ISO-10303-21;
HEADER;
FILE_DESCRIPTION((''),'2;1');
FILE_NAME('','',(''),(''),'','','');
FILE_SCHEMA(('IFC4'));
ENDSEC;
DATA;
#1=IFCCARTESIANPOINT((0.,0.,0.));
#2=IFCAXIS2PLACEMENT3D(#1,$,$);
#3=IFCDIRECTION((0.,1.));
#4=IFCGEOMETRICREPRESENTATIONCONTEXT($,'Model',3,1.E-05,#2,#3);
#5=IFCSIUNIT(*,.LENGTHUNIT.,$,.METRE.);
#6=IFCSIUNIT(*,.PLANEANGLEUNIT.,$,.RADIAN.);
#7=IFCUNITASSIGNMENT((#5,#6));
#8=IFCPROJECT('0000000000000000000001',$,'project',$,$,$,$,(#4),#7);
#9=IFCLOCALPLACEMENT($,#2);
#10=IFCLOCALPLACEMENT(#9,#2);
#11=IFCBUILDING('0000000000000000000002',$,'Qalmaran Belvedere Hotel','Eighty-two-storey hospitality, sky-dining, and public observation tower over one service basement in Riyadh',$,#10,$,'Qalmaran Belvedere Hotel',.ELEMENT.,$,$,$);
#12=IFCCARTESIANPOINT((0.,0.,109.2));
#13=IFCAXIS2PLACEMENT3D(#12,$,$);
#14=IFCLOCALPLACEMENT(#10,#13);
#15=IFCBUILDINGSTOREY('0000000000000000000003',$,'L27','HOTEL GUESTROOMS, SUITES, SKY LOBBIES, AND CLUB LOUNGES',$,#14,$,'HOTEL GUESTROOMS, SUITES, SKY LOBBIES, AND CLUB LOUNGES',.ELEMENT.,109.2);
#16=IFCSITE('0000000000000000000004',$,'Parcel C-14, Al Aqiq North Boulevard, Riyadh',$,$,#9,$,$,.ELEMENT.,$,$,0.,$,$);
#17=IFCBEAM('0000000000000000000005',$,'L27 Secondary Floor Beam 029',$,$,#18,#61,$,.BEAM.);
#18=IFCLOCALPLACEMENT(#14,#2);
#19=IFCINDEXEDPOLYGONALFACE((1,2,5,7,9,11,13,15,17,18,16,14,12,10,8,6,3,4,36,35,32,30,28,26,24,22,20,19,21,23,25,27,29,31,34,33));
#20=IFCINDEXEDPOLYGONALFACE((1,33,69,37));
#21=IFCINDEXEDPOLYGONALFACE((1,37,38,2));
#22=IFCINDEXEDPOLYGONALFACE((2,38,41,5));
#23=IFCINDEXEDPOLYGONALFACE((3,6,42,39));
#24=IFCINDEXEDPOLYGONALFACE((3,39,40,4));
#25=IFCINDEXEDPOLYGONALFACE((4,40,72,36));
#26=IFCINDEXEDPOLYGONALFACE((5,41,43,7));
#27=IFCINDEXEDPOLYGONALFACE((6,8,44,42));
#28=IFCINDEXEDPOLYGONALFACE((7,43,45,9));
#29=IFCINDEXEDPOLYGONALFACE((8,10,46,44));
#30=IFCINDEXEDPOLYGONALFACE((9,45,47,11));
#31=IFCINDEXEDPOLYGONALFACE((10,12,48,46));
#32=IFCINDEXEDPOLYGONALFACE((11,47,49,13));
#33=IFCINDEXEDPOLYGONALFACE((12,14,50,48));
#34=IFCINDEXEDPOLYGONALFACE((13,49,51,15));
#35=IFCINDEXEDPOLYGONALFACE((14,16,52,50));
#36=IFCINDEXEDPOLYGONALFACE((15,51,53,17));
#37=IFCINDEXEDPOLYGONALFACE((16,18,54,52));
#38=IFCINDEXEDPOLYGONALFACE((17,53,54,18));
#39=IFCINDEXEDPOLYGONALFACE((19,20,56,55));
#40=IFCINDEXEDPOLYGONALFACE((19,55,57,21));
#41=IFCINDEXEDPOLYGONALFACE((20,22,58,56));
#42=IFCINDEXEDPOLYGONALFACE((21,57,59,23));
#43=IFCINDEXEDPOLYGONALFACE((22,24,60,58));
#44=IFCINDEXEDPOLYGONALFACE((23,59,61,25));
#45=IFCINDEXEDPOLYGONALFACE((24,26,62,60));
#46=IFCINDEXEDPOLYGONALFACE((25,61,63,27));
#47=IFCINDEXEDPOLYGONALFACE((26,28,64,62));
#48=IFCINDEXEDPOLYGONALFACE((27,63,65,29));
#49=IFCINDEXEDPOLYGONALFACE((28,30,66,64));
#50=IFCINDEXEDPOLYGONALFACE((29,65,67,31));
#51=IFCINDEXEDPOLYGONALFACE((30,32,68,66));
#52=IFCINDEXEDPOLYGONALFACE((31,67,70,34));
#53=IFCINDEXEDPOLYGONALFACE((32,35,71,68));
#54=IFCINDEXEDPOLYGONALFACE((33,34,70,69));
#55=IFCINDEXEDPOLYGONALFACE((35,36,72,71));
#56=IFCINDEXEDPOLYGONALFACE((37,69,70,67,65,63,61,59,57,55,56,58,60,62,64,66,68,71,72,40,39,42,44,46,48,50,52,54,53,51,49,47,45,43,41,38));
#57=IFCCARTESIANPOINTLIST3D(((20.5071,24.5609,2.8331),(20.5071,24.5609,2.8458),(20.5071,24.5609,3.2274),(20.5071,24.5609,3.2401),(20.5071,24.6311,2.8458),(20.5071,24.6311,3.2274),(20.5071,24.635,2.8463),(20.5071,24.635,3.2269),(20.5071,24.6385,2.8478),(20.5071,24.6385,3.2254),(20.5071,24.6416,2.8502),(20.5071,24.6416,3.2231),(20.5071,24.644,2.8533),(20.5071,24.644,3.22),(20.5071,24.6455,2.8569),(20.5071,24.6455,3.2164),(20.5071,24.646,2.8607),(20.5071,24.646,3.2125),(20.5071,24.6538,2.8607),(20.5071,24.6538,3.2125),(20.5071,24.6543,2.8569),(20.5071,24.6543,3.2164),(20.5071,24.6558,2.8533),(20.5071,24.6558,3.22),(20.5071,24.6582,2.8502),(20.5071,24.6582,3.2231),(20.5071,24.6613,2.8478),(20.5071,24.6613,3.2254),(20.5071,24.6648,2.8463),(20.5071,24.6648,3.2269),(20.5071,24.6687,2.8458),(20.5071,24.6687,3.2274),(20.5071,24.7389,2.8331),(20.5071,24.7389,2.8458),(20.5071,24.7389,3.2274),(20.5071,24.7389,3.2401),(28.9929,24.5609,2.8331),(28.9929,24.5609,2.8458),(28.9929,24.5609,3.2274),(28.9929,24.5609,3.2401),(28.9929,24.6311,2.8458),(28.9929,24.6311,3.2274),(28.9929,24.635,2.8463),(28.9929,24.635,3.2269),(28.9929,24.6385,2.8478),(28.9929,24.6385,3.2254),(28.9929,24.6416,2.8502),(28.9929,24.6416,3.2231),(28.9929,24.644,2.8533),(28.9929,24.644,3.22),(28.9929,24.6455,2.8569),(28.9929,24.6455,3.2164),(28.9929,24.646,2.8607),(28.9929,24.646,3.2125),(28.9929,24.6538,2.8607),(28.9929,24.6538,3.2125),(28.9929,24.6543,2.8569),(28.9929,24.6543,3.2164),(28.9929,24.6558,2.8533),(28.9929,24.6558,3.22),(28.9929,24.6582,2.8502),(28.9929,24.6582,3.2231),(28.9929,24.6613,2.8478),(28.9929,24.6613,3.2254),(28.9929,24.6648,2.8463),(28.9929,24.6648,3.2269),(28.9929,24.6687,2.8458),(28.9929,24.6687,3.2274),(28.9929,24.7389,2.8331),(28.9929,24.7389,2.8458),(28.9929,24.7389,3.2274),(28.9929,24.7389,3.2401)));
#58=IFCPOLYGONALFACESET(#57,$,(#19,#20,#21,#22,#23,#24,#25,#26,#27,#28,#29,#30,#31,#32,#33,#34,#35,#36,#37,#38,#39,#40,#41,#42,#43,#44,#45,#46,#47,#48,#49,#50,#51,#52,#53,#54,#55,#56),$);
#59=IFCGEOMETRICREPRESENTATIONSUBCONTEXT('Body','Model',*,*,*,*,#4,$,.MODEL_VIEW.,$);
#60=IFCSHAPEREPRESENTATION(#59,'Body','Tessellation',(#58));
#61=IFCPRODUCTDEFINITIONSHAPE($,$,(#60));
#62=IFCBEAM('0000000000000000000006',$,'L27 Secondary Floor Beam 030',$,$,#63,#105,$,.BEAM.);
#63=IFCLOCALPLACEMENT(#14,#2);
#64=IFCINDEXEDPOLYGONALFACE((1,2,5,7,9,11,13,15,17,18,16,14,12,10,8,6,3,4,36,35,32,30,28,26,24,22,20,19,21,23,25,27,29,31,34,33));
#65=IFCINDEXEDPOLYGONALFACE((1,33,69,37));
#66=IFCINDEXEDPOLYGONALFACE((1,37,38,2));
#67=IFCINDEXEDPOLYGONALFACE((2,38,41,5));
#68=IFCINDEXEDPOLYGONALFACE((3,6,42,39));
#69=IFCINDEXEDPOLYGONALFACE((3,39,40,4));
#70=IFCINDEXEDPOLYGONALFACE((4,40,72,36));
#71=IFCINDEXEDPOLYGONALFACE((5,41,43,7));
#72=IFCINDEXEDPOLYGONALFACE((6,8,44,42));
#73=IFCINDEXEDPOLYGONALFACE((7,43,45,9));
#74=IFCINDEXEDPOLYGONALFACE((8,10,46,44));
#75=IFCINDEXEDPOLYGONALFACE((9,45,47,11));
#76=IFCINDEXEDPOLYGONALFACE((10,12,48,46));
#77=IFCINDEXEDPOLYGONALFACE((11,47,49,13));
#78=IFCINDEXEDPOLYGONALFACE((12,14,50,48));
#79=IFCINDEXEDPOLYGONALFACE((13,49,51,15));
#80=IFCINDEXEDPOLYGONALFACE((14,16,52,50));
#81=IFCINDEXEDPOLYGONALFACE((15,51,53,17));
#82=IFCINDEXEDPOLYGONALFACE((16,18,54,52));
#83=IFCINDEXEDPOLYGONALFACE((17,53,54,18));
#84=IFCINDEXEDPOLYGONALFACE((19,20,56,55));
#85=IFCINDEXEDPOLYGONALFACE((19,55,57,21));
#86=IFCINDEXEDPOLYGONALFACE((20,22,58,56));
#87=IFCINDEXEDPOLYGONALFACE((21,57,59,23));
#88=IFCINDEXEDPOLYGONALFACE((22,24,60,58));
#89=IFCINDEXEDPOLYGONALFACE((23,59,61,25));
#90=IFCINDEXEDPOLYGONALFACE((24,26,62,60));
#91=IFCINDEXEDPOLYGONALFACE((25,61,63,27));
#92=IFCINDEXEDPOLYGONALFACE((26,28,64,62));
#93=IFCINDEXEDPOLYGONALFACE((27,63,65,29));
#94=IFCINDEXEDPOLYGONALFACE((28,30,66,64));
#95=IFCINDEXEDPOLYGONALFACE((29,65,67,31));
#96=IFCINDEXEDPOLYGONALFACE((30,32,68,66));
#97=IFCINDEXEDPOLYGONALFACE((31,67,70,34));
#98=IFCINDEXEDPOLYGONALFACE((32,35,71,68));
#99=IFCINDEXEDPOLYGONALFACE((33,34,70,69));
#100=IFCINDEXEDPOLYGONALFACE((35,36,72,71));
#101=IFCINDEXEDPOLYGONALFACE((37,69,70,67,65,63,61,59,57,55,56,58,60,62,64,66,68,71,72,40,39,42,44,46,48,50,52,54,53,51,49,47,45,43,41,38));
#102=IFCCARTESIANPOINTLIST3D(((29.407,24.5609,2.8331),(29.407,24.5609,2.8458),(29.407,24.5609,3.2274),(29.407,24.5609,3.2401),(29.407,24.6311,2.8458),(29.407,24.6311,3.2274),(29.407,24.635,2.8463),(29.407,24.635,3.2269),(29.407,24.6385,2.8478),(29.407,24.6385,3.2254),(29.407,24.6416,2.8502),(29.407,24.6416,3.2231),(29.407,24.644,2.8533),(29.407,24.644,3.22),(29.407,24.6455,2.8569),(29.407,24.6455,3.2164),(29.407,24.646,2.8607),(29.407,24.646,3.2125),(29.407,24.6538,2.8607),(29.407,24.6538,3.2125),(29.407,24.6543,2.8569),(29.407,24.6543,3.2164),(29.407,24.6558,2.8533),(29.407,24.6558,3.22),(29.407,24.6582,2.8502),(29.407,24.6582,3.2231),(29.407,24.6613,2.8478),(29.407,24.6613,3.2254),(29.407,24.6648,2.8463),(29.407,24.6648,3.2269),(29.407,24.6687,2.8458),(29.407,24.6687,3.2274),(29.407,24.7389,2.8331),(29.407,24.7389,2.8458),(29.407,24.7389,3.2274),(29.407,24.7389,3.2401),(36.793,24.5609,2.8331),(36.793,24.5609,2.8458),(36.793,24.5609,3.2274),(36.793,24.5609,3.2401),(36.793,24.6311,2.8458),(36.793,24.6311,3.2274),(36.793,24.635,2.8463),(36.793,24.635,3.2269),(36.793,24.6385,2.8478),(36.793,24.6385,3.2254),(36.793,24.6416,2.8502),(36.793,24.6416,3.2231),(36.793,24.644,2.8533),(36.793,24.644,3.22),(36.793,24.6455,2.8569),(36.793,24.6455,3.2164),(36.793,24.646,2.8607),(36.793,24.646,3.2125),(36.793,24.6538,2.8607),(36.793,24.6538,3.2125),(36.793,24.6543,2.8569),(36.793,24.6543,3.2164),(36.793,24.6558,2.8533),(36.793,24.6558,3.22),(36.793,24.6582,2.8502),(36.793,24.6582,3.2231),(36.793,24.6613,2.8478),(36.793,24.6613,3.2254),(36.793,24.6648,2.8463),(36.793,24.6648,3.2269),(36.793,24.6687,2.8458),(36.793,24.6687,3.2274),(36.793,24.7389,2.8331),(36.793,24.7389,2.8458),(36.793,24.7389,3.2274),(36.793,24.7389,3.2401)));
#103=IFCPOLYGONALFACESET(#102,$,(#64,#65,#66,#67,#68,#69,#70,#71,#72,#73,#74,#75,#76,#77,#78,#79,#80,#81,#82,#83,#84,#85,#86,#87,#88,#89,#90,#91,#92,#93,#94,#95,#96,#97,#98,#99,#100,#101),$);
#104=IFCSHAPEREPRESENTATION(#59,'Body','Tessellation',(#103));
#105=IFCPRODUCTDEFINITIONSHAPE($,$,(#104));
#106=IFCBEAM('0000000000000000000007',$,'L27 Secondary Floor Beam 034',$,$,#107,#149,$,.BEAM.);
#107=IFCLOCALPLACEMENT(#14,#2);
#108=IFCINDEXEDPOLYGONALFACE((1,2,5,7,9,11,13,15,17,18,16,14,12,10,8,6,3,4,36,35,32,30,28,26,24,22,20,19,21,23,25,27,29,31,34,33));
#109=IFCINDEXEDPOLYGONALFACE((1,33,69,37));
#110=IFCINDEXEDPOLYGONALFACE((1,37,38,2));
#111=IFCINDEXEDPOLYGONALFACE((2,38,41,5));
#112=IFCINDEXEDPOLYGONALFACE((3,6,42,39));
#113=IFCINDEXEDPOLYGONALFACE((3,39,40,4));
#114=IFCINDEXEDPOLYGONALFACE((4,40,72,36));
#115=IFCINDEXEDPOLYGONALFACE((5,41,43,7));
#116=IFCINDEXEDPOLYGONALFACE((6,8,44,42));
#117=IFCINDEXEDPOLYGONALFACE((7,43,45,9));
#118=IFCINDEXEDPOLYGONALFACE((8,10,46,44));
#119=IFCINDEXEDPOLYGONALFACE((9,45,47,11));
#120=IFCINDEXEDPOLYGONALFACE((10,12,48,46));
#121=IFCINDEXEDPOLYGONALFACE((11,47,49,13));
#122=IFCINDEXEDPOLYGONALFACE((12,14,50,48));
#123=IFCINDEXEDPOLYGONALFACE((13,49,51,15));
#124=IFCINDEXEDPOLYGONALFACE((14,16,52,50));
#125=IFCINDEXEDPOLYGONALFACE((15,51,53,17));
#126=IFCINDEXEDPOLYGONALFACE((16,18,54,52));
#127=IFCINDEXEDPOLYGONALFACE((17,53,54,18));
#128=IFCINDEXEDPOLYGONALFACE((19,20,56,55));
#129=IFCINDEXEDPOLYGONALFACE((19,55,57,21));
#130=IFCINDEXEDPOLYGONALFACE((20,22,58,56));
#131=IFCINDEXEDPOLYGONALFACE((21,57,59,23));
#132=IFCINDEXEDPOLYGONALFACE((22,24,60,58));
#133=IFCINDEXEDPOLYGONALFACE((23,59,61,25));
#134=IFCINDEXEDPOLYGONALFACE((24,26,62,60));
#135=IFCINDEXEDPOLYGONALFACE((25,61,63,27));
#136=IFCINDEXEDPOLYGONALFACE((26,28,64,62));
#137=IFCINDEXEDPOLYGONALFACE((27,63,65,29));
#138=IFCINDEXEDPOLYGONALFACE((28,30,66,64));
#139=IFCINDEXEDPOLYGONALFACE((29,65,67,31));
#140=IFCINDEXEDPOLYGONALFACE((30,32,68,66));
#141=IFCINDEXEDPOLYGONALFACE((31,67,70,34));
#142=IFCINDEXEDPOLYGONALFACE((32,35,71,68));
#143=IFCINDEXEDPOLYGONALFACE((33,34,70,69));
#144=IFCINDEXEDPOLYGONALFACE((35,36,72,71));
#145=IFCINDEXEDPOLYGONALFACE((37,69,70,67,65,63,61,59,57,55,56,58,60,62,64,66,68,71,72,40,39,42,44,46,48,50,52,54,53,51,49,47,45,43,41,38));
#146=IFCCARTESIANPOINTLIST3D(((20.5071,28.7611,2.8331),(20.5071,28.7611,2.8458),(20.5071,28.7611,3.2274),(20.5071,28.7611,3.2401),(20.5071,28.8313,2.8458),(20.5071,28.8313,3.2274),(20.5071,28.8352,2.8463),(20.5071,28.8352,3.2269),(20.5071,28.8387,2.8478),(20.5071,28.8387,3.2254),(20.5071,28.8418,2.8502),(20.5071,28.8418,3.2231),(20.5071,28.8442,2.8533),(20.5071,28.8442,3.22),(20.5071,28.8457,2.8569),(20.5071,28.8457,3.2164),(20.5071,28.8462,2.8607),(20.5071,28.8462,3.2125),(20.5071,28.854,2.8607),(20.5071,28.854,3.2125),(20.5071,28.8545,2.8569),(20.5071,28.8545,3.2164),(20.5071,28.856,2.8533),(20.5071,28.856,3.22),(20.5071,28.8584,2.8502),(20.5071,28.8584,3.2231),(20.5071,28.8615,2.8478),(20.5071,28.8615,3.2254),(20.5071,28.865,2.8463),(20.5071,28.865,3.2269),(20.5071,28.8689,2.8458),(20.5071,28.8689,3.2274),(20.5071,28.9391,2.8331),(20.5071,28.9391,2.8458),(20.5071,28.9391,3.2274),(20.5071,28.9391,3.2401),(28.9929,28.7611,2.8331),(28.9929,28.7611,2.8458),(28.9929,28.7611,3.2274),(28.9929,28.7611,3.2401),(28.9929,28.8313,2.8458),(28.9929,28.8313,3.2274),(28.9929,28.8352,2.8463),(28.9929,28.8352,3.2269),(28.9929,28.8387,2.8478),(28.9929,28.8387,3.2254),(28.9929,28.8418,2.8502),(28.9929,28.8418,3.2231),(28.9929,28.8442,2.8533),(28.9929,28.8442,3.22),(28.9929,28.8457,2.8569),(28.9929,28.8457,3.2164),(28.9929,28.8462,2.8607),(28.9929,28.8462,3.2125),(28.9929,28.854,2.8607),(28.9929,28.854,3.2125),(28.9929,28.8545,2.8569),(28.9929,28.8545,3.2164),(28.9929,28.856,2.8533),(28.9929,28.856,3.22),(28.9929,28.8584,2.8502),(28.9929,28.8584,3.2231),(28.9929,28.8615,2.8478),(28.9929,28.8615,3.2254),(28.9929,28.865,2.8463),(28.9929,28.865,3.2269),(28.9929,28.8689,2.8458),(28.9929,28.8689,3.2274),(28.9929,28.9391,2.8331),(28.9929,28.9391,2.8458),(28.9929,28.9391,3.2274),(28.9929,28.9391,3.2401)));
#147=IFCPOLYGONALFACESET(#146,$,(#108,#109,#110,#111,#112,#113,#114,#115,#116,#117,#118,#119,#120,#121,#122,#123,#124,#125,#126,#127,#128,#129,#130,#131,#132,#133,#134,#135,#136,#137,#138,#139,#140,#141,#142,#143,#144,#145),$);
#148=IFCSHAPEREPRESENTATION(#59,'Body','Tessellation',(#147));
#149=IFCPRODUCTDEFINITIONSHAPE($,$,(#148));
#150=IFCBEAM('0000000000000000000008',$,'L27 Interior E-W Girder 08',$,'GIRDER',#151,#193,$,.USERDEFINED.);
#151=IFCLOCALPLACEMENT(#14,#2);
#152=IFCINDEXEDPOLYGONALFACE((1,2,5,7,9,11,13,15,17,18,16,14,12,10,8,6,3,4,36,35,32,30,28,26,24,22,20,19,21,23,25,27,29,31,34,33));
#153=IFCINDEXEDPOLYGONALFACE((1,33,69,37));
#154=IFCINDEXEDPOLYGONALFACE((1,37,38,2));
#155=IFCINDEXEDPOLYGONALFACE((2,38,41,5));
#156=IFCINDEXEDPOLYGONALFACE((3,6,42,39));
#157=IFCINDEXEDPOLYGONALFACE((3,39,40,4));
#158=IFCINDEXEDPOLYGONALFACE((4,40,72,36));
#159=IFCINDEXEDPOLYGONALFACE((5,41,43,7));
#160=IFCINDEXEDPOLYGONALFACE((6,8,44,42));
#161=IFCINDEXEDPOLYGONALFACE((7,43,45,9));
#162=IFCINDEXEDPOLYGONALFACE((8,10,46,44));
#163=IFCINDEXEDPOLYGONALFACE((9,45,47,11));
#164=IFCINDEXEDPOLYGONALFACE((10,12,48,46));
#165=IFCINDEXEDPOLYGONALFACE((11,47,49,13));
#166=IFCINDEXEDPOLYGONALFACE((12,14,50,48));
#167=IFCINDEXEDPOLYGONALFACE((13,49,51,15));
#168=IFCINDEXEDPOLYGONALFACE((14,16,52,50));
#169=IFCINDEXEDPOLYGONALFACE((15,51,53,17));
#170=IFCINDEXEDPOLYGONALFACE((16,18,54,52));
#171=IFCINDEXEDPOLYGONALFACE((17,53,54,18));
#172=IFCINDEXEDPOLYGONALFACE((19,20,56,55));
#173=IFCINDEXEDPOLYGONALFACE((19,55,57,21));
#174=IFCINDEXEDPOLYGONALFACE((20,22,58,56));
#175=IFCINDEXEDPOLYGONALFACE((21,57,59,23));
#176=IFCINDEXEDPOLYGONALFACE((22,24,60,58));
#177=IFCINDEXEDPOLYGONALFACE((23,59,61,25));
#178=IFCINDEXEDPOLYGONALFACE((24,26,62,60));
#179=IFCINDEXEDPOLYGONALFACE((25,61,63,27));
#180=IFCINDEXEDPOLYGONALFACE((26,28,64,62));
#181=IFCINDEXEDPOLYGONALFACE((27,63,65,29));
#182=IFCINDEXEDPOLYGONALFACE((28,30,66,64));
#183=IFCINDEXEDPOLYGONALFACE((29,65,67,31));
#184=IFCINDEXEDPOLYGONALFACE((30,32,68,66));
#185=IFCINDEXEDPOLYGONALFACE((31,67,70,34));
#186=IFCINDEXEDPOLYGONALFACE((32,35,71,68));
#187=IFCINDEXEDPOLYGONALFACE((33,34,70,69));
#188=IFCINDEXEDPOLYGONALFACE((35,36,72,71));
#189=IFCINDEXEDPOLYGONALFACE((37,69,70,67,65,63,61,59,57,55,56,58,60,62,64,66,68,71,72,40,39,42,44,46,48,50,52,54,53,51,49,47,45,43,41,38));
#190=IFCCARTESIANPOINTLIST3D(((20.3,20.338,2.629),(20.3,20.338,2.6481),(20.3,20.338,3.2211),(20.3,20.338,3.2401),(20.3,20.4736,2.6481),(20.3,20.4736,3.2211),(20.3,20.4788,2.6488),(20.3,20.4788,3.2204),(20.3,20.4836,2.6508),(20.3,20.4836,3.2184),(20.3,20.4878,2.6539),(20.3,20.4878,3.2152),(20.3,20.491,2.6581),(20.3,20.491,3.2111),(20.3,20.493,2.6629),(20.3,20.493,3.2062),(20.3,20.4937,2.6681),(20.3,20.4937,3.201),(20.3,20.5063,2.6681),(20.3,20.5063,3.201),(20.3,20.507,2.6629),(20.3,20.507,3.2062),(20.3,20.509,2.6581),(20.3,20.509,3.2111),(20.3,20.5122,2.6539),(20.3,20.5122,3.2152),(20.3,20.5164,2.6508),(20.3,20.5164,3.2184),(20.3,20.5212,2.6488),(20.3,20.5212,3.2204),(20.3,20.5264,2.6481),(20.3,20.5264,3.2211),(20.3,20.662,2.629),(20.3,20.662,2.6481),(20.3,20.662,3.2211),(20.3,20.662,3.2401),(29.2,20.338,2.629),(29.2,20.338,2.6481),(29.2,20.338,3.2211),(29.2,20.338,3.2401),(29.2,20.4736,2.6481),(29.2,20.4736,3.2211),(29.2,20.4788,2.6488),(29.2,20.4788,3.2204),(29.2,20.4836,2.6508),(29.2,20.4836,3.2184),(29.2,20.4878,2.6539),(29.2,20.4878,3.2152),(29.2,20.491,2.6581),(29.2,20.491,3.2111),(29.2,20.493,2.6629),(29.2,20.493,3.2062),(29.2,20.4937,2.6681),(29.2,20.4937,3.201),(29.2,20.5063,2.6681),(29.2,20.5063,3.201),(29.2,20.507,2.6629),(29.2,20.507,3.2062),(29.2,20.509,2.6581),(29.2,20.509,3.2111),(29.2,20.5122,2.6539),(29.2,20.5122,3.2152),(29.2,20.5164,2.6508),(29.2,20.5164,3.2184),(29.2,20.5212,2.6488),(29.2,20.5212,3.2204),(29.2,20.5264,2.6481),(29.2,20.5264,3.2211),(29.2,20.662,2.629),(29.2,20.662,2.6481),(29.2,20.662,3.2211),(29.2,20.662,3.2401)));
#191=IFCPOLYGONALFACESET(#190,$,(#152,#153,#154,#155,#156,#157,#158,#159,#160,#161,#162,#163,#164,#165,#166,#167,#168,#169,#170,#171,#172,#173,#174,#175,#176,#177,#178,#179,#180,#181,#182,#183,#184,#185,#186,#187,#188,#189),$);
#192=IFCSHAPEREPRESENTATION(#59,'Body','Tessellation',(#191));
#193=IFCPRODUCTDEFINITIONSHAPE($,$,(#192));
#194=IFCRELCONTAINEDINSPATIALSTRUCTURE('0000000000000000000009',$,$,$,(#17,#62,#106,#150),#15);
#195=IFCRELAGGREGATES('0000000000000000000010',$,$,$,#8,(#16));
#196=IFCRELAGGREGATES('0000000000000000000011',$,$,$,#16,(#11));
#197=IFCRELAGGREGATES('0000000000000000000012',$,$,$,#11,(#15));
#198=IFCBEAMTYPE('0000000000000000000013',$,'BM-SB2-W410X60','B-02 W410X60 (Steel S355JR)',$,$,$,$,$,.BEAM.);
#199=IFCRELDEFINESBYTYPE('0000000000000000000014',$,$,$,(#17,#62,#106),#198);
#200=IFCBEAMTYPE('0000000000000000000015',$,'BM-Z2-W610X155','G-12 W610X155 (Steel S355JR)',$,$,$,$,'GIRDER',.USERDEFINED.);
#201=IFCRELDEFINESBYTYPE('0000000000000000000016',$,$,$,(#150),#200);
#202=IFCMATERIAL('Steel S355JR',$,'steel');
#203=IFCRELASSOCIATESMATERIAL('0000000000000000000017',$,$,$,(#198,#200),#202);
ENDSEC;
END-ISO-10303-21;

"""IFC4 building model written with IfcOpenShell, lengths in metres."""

from ifc_helpers import new_model, si_unit, direction, frame, origin, origin_2d, place, context, subcontext, project, spatial, i_section, extrude, material, material_profile, profile_set, type_object, element, save


model = new_model("IFC4")

# Units and contexts
model_context = context("Model", 3, precision=1e-05, world=origin(), true_north=direction((0.0, 1.0)))
body_context = subcontext(model_context, "Body", "Model", "MODEL_VIEW")
ifc_project = project(units=[si_unit("LENGTHUNIT", "METRE"), si_unit("PLANEANGLEUNIT", "RADIAN")], contexts=[model_context])

# Site, building, storey
site_placement = place(None, origin())
site = spatial("IfcSite", under=ifc_project, at=site_placement, Name="Parcel C-14, Al Aqiq North Boulevard, Riyadh", CompositionType="ELEMENT", RefElevation=0.0)
building_placement = place(site_placement, origin())
building = spatial("IfcBuilding", under=site, at=building_placement, Name="Qalmaran Belvedere Hotel", Description="Eighty-two-storey hospitality, sky-dining, and public observation tower over one service basement in Riyadh", LongName="Qalmaran Belvedere Hotel", CompositionType="ELEMENT")
storey_placement = place(building_placement, frame((0.0, 0.0, 109.2)))
storey = spatial("IfcBuildingStorey", under=building, at=storey_placement, Name="L27", Description="HOTEL GUESTROOMS, SUITES, SKY LOBBIES, AND CLUB LOUNGES", LongName="HOTEL GUESTROOMS, SUITES, SKY LOBBIES, AND CLUB LOUNGES", CompositionType="ELEMENT", Elevation=109.2)

# Beams
ifc_material_1 = material(Name="Steel S355JR", Category="steel")
ifc_material_profile_1 = material_profile(ifc_material_1, i_section(OverallWidth=0.178, OverallDepth=0.407, WebThickness=0.0078, FlangeThickness=0.0127, FilletRadius=0.0149, at=origin_2d()), Name="W410X60")
ifc_profile_set_1 = profile_set([ifc_material_profile_1], Name="Steel S355JR")
beam_type_1 = type_object("IfcBeamType", Name="BM-SB2-W410X60", Description="B-02 W410X60 (Steel S355JR)", PredefinedType="BEAM", material=ifc_profile_set_1)
beam_1_placement = place(storey_placement, frame((20.5071, 24.6499, 3.0366), z_axis=(1.0, 0.0, 0.0), x_axis=(0.0, 1.0, 0.0)))
element("IfcBeam", 1, at=beam_1_placement, inside=storey, type_object=beam_type_1, Name="L27 Secondary Floor Beam 029", PredefinedType="BEAM", context=body_context, shape_type="SweptSolid", body=[
    extrude(i_section(OverallWidth=0.178, OverallDepth=0.407, WebThickness=0.0078, FlangeThickness=0.0127, FilletRadius=0.0149, at=origin_2d()), origin(), (0.0, 0.0, 1.0), 8.4858),
])
beam_2_placement = place(storey_placement, frame((29.407, 24.6499, 3.0366), z_axis=(1.0, 0.0, 0.0), x_axis=(0.0, 1.0, 0.0)))
element("IfcBeam", 2, at=beam_2_placement, inside=storey, type_object=beam_type_1, Name="L27 Secondary Floor Beam 030", PredefinedType="BEAM", context=body_context, shape_type="SweptSolid", body=[
    extrude(i_section(OverallWidth=0.178, OverallDepth=0.407, WebThickness=0.0078, FlangeThickness=0.0127, FilletRadius=0.0149, at=origin_2d()), origin(), (0.0, 0.0, 1.0), 7.386),
])
beam_3_placement = place(storey_placement, frame((20.5071, 28.8501, 3.0366), z_axis=(1.0, 0.0, 0.0), x_axis=(0.0, 1.0, 0.0)))
element("IfcBeam", 3, at=beam_3_placement, inside=storey, type_object=beam_type_1, Name="L27 Secondary Floor Beam 034", PredefinedType="BEAM", context=body_context, shape_type="SweptSolid", body=[
    extrude(i_section(OverallWidth=0.178, OverallDepth=0.407, WebThickness=0.0078, FlangeThickness=0.0127, FilletRadius=0.0149, at=origin_2d()), origin(), (0.0, 0.0, 1.0), 8.4858),
])
ifc_material_profile_2 = material_profile(ifc_material_1, i_section(OverallWidth=0.324, OverallDepth=0.6111, WebThickness=0.0127, FlangeThickness=0.019, FilletRadius=0.02, at=origin_2d()), Name="W610X155")
ifc_profile_set_2 = profile_set([ifc_material_profile_2], Name="Steel S355JR")
beam_type_2 = type_object("IfcBeamType", Name="BM-Z2-W610X155", Description="G-12 W610X155 (Steel S355JR)", ElementType="GIRDER", PredefinedType="USERDEFINED", material=ifc_profile_set_2)
beam_4_placement = place(storey_placement, frame((20.3, 20.5, 2.9346), z_axis=(1.0, 0.0, 0.0), x_axis=(0.0, 1.0, 0.0)))
element("IfcBeam", 4, at=beam_4_placement, inside=storey, type_object=beam_type_2, Name="L27 Interior E-W Girder 08", ObjectType="GIRDER", PredefinedType="USERDEFINED", context=body_context, shape_type="SweptSolid", body=[
    extrude(i_section(OverallWidth=0.324, OverallDepth=0.6111, WebThickness=0.0127, FlangeThickness=0.019, FilletRadius=0.02, at=origin_2d()), origin(), (0.0, 0.0, 1.0), 8.8999),
])

save(model, "model.ifc")
